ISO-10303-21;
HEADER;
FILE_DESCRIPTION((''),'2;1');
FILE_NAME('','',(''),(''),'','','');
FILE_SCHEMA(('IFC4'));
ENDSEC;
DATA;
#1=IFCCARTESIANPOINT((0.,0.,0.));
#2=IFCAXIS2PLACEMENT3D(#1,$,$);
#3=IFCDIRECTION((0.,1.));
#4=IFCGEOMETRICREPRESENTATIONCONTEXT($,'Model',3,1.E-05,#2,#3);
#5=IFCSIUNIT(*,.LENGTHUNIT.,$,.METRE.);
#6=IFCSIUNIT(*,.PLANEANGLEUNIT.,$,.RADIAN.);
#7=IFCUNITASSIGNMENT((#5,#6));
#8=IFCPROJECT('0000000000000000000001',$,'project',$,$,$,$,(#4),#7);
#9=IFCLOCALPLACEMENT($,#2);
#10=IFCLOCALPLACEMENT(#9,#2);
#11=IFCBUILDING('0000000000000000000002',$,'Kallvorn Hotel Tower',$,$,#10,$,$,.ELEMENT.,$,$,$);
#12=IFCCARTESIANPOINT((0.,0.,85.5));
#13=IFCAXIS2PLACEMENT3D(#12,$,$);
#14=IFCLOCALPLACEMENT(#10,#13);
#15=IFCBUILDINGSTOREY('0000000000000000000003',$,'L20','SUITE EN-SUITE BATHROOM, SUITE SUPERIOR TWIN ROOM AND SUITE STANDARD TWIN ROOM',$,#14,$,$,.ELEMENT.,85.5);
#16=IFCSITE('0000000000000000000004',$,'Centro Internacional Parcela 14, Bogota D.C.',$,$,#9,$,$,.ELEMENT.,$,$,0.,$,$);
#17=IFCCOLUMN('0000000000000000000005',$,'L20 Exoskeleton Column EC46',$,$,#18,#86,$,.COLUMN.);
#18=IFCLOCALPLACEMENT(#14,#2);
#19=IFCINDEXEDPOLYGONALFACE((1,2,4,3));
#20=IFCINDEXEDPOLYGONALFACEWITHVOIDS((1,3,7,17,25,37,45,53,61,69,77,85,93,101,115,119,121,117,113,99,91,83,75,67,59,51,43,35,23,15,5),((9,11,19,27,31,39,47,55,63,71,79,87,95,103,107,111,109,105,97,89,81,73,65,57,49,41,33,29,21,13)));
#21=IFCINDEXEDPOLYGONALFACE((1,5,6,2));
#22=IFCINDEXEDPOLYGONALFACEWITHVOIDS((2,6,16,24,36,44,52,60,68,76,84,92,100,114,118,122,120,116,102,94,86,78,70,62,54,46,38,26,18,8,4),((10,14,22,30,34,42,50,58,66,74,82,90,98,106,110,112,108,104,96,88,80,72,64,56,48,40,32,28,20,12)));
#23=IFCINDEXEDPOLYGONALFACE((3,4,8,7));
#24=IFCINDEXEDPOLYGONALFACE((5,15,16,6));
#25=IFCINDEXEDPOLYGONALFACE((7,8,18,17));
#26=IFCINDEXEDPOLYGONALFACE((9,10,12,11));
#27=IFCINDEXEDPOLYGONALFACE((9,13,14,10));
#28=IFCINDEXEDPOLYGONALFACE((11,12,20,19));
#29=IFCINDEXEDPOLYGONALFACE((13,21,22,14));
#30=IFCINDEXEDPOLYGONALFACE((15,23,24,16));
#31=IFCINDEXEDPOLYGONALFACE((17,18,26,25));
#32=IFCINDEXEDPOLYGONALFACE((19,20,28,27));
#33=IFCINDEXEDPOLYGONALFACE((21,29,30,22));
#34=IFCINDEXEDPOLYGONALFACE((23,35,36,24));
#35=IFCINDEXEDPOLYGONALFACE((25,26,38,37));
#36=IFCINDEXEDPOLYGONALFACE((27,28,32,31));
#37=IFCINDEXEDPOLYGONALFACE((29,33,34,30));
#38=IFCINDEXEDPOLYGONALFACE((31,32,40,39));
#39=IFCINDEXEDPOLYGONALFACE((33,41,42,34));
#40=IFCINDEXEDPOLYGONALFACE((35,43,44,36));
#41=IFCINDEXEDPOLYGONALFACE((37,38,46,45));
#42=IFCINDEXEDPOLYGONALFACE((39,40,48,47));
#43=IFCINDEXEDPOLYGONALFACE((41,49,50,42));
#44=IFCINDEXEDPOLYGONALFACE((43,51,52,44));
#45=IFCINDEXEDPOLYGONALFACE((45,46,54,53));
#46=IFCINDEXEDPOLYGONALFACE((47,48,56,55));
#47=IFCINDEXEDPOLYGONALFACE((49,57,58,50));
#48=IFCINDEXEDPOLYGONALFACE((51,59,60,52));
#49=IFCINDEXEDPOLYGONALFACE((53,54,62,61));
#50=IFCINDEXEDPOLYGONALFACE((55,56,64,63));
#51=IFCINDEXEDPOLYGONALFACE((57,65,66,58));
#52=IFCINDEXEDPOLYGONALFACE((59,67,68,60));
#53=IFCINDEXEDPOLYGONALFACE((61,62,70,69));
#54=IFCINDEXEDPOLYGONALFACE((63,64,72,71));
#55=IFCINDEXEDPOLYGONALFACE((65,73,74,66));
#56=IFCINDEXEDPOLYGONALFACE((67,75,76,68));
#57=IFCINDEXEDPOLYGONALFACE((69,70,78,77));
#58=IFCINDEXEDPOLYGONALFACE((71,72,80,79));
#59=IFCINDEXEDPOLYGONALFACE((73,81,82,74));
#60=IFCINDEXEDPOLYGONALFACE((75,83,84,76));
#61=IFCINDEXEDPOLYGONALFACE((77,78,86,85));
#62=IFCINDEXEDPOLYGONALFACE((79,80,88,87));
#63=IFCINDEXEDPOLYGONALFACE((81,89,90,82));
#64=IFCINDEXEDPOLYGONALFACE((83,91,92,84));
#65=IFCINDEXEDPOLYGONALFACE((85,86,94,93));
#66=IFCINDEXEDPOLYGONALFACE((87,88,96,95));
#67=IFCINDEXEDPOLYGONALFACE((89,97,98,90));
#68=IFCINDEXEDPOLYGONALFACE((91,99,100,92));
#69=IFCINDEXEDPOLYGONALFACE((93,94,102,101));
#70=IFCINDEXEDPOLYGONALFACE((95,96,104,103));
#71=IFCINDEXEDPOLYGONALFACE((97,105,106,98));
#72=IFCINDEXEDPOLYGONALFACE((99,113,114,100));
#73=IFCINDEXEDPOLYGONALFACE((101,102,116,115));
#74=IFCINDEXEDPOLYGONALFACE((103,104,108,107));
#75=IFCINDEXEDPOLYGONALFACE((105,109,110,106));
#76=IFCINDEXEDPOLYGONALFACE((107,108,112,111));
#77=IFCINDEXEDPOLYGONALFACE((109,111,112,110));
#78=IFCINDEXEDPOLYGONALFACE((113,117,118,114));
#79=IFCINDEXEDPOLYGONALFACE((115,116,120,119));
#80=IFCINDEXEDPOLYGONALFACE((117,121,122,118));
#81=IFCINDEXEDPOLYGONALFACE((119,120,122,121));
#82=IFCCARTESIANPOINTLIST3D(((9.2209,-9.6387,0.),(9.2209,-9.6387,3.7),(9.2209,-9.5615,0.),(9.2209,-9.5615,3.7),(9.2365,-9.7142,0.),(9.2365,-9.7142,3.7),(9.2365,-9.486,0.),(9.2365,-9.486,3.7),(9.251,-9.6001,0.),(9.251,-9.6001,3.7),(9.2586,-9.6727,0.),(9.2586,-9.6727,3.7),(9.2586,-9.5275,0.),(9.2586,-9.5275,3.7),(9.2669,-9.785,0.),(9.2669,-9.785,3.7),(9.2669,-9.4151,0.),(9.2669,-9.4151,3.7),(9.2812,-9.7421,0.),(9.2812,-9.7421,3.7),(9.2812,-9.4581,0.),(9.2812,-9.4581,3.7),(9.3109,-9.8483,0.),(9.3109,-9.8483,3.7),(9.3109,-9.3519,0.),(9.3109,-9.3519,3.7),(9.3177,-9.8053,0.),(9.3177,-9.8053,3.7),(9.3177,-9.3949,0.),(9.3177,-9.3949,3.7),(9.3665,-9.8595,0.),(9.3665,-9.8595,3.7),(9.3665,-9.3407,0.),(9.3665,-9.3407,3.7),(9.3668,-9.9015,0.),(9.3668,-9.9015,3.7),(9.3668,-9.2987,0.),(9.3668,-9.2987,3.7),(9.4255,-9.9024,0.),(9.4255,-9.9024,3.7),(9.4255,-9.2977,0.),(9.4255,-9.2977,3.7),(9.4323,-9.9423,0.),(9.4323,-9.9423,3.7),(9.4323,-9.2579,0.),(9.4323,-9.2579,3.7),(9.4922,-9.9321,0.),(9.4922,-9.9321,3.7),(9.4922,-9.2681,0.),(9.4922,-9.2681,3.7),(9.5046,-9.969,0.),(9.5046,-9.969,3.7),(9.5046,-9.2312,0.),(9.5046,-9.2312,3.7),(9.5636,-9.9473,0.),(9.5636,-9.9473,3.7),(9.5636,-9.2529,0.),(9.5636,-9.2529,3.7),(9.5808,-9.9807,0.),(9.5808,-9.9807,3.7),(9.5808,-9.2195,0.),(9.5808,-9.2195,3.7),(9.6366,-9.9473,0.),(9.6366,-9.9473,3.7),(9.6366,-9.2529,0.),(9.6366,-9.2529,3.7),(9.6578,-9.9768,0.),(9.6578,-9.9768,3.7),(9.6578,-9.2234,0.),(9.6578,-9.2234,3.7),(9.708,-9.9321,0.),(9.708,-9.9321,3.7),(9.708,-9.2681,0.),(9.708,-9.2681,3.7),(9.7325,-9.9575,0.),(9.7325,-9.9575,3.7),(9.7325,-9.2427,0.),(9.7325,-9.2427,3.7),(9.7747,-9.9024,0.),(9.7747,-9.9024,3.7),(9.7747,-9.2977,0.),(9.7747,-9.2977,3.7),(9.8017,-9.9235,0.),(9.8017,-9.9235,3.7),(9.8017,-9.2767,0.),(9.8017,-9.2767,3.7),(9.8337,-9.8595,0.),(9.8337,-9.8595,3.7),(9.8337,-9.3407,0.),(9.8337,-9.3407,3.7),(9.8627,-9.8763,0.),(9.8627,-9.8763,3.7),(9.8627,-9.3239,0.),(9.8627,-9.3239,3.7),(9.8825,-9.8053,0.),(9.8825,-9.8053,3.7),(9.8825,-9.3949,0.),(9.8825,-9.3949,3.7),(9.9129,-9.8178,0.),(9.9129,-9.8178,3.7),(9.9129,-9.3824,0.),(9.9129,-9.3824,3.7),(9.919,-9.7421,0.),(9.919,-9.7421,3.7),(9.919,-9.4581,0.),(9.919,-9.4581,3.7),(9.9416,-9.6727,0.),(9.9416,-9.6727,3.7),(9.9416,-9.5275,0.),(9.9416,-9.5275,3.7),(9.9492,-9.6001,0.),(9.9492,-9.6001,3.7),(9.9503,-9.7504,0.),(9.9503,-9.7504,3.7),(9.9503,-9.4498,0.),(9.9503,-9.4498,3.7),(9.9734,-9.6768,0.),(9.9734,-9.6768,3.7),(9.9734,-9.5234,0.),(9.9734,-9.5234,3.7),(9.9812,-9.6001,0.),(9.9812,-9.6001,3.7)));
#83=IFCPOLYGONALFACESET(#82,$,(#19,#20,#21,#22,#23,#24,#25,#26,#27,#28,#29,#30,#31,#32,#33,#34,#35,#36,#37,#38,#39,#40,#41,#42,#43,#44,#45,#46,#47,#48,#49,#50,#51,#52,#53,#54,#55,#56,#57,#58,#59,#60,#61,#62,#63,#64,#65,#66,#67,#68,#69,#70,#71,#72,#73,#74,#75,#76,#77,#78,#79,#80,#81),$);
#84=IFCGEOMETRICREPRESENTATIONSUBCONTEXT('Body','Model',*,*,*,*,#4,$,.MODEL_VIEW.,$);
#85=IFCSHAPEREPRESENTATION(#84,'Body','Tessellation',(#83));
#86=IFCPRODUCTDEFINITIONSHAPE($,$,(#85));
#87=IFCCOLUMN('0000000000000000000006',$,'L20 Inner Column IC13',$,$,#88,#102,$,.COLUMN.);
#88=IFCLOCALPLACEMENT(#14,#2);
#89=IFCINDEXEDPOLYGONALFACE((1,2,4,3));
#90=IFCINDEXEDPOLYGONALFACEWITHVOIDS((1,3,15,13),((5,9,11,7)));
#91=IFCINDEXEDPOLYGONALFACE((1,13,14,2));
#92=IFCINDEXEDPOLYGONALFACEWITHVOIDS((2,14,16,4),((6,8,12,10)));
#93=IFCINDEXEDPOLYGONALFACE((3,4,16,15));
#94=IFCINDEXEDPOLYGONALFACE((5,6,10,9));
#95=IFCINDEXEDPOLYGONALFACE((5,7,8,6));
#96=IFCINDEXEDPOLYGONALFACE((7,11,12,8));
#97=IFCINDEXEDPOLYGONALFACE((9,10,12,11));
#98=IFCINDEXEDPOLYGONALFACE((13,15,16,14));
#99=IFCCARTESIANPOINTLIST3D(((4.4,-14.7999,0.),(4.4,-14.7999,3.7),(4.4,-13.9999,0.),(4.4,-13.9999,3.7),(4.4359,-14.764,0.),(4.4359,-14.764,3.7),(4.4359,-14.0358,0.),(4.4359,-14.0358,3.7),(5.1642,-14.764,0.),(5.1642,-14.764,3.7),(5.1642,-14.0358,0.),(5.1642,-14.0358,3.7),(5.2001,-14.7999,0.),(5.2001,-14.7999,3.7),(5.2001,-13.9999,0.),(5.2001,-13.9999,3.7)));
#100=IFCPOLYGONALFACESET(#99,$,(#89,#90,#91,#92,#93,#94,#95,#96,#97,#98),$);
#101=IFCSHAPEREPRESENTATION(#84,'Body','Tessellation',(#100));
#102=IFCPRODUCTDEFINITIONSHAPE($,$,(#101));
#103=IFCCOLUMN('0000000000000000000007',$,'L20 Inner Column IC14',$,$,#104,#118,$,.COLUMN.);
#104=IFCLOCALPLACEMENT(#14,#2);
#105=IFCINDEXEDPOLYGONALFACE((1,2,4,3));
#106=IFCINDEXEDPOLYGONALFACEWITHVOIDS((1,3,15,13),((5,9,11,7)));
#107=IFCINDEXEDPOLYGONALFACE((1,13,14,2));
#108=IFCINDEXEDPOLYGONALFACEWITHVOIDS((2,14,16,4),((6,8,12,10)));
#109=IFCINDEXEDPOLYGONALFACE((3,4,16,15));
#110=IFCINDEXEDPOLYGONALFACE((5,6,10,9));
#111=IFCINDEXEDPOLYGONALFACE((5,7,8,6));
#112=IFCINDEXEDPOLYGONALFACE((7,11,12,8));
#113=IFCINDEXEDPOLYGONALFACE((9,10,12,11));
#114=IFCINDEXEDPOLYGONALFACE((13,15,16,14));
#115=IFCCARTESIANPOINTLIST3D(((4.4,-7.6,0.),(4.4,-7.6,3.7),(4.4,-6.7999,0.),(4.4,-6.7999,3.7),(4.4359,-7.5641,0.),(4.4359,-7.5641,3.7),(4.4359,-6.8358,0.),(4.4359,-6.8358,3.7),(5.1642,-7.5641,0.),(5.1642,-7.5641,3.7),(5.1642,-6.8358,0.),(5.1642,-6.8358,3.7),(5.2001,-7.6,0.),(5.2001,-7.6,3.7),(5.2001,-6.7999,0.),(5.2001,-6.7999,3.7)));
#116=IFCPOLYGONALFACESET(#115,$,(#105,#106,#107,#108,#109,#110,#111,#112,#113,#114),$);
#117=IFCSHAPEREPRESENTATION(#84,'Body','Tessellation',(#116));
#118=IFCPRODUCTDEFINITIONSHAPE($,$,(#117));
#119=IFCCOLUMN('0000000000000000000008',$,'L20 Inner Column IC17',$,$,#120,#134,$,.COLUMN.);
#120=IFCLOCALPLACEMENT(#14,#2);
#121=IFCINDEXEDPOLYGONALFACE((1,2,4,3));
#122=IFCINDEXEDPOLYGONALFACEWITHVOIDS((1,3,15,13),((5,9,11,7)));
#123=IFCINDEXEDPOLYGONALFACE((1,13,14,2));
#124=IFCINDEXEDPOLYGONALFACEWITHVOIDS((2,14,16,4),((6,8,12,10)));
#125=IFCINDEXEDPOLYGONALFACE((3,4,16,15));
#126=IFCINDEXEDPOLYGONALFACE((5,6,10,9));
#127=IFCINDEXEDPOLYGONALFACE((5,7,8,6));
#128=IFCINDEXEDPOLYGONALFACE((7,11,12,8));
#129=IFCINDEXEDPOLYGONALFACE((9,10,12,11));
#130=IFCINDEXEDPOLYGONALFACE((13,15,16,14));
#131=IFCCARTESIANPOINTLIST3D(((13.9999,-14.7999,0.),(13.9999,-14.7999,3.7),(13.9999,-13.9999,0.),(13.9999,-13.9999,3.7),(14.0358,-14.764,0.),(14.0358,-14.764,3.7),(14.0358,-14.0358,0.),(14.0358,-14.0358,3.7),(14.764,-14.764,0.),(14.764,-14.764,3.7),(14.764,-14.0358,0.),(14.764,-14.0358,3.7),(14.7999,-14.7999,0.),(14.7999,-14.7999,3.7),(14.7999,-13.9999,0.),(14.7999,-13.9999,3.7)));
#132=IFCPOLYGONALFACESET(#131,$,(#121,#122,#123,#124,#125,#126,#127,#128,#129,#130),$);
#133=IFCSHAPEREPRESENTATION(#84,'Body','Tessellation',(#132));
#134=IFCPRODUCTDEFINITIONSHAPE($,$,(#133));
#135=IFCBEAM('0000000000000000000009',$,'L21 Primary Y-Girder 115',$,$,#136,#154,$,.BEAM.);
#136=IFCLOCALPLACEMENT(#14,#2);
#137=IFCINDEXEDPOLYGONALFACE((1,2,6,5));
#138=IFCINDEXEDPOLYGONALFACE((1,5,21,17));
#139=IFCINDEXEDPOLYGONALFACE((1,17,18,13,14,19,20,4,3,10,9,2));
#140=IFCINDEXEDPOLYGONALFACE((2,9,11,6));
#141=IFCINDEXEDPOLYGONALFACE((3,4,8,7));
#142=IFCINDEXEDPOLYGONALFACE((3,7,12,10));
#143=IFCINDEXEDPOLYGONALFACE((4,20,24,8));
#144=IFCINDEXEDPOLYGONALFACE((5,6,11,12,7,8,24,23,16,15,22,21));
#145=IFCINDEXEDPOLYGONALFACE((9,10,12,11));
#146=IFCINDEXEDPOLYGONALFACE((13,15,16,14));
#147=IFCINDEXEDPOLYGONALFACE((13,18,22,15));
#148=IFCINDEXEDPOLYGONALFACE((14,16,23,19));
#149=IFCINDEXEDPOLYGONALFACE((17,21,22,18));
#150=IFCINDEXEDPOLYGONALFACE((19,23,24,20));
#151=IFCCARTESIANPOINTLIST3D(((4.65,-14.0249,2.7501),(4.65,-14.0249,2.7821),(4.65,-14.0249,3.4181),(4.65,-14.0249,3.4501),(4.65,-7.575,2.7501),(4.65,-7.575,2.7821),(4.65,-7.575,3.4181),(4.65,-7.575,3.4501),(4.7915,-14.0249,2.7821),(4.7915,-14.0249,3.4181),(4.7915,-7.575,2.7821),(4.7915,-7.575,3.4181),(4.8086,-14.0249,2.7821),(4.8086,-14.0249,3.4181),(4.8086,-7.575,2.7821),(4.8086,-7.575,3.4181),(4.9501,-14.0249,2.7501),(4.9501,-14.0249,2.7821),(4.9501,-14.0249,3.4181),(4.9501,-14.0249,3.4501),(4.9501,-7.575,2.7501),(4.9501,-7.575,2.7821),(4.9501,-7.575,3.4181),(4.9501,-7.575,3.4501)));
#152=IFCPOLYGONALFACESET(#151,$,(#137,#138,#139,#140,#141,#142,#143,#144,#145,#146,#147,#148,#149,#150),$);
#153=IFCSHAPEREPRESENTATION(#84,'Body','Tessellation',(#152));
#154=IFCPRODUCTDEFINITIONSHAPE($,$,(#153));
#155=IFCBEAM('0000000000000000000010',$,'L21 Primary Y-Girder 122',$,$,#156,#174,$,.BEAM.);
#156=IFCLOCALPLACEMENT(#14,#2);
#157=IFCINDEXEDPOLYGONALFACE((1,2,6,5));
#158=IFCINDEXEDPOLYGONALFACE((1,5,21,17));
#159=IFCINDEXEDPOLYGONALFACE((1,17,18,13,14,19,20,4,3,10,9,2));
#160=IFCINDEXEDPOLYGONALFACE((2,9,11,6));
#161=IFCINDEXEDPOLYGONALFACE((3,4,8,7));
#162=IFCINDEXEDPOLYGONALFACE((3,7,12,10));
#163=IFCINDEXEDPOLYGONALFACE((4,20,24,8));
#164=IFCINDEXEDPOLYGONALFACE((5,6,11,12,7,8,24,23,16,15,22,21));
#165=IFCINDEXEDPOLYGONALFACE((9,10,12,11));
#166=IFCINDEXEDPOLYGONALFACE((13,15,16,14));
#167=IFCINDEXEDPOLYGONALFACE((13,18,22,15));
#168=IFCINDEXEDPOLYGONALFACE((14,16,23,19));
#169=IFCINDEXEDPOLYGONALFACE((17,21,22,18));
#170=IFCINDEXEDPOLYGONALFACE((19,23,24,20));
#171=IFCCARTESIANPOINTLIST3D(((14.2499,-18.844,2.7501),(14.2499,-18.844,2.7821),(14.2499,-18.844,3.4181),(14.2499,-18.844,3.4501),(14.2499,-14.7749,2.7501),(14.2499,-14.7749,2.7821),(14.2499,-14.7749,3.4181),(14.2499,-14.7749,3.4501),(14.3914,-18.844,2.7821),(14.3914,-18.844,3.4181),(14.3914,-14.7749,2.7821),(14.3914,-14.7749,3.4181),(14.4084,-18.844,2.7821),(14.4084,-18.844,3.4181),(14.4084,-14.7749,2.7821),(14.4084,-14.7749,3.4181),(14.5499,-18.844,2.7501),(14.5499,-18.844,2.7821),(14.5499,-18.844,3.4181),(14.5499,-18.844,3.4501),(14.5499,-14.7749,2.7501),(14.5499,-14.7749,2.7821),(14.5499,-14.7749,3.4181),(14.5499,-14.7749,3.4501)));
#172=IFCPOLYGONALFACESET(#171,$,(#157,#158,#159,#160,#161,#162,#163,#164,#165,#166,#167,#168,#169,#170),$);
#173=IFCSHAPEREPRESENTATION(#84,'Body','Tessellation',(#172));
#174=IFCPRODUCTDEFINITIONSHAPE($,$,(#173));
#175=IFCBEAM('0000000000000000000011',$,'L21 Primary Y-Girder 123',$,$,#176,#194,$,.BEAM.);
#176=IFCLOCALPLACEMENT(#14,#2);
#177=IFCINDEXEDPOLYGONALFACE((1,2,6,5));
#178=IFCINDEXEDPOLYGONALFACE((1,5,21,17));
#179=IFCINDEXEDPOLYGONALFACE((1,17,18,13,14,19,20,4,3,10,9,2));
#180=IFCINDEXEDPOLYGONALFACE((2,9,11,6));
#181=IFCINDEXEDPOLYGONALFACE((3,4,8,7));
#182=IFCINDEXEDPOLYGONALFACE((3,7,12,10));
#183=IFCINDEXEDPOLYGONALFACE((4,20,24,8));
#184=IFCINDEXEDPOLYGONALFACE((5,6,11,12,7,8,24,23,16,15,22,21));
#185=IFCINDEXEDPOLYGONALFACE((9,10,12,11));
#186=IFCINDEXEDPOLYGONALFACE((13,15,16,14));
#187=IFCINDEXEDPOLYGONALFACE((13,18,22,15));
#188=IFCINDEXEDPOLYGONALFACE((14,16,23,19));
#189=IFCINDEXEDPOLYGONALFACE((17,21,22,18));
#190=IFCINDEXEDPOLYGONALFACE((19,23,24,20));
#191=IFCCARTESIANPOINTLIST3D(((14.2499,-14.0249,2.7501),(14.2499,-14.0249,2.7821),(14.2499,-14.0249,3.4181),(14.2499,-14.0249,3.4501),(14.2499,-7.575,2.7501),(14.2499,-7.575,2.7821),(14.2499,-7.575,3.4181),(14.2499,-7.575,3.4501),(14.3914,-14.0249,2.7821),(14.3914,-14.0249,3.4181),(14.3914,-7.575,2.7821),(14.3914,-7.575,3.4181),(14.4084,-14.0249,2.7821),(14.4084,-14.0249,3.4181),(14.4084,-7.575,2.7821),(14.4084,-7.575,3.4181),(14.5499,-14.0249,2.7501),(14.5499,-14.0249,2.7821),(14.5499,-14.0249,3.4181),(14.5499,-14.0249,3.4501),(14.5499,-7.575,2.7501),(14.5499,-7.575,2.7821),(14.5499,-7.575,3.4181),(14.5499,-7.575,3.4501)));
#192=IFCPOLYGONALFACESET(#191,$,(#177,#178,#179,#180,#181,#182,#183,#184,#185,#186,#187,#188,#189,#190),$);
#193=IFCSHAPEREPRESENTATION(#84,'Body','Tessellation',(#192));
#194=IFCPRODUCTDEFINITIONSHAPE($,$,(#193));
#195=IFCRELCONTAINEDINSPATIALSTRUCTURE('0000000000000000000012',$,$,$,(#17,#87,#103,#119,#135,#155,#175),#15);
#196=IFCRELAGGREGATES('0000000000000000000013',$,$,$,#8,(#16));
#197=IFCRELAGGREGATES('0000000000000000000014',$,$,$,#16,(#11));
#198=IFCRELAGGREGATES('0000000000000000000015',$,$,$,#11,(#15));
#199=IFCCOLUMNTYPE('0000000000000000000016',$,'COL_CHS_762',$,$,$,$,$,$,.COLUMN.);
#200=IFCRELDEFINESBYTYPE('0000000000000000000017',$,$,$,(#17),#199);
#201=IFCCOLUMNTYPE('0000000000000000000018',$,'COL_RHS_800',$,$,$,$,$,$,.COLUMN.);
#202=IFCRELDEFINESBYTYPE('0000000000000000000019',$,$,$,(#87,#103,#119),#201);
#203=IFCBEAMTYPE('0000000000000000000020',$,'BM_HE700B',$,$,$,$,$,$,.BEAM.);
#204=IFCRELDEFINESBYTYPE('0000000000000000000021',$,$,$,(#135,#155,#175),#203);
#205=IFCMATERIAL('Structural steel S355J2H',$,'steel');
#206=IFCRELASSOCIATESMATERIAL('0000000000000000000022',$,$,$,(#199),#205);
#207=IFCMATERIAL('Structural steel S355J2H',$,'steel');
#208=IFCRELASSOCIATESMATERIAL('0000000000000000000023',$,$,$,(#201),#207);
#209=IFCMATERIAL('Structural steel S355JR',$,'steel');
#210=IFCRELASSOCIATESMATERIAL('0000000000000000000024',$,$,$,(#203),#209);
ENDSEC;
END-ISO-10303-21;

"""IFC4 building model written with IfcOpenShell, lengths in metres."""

from ifc_helpers import new_model, si_unit, direction, frame, origin, origin_2d, place, context, subcontext, project, spatial, hollow_rectangle, hollow_circle, i_section, extrude, material, material_profile, profile_set, type_object, element, save


model = new_model("IFC4")

# Units and contexts
model_context = context("Model", 3, precision=1e-05, world=origin(), true_north=direction((0.0, 1.0)))
body_context = subcontext(model_context, "Body", "Model", "MODEL_VIEW")
ifc_project = project(units=[si_unit("LENGTHUNIT", "METRE"), si_unit("PLANEANGLEUNIT", "RADIAN")], contexts=[model_context])

# Site, building, storey
site_placement = place(None, origin())
site = spatial("IfcSite", under=ifc_project, at=site_placement, Name="Centro Internacional Parcela 14, Bogota D.C.", CompositionType="ELEMENT", RefElevation=0.0)
building_placement = place(site_placement, origin())
building = spatial("IfcBuilding", under=site, at=building_placement, Name="Kallvorn Hotel Tower", CompositionType="ELEMENT")
storey_placement = place(building_placement, frame((0.0, 0.0, 85.5)))
storey = spatial("IfcBuildingStorey", under=building, at=storey_placement, Name="L20", Description="SUITE EN-SUITE BATHROOM, SUITE SUPERIOR TWIN ROOM AND SUITE STANDARD TWIN ROOM", CompositionType="ELEMENT", Elevation=85.5)

# Columns
ifc_material_1 = material(Name="Structural steel S355J2H", Category="steel")
ifc_material_profile_1 = material_profile(ifc_material_1, hollow_circle(Radius=0.3811, WallThickness=0.032, at=origin_2d()), Name="CHS 762x32")
ifc_profile_set_1 = profile_set([ifc_material_profile_1], Name="Structural steel S355J2H")
column_type_1 = type_object("IfcColumnType", Name="COL_CHS_762", PredefinedType="COLUMN", material=ifc_profile_set_1)
column_placement = place(storey_placement, frame((9.6001, -9.6001, 0.0), z_axis=(0.0, 0.0, 1.0), x_axis=(1.0, 0.0, 0.0)))
element("IfcColumn", 1, at=column_placement, inside=storey, type_object=column_type_1, Name="L20 Exoskeleton Column EC46", PredefinedType="COLUMN", context=body_context, shape_type="SweptSolid", body=[
    extrude(hollow_circle(Radius=0.3811, WallThickness=0.032, at=origin_2d()), origin(), (0.0, 0.0, 1.0), 3.7),
])
ifc_material_2 = material(Name="Structural steel S355J2H", Category="steel")
ifc_material_profile_2 = material_profile(ifc_material_2, hollow_rectangle(XDim=0.8, YDim=0.8, WallThickness=0.0359, at=origin_2d()), Name="RHS 800x800x36")
ifc_profile_set_2 = profile_set([ifc_material_profile_2], Name="Structural steel S355J2H")
column_type_2 = type_object("IfcColumnType", Name="COL_RHS_800", PredefinedType="COLUMN", material=ifc_profile_set_2)
for number, where, z_axis, x_axis, name in (
    (2, (4.8, -14.3999, 0.0), (0.0, 0.0, 1.0), (1.0, 0.0, 0.0), "L20 Inner Column IC13"),
    (3, (4.8, -7.2, 0.0), (0.0, 0.0, 1.0), (1.0, 0.0, 0.0), "L20 Inner Column IC14"),
    (4, (14.3999, -14.3999, 0.0), (0.0, 0.0, 1.0), (1.0, 0.0, 0.0), "L20 Inner Column IC17"),
):
    element("IfcColumn", number, at=place(storey_placement, frame(where, z_axis=z_axis, x_axis=x_axis)), inside=storey, type_object=column_type_2, Name=name, PredefinedType="COLUMN", context=body_context, shape_type="SweptSolid", body=[
        extrude(hollow_rectangle(XDim=0.8, YDim=0.8, WallThickness=0.0359, at=origin_2d()), origin(), (0.0, 0.0, 1.0), 3.7),
    ])

# Beams
ifc_material_3 = material(Name="Structural steel S355JR", Category="steel")
ifc_material_profile_3 = material_profile(ifc_material_3, i_section(OverallWidth=0.3, OverallDepth=0.7, WebThickness=0.0171, FlangeThickness=0.032, at=origin_2d()), Name="HE 700 B")
ifc_profile_set_3 = profile_set([ifc_material_profile_3], Name="Structural steel S355JR")
beam_type_1 = type_object("IfcBeamType", Name="BM_HE700B", PredefinedType="BEAM", material=ifc_profile_set_3)
beam_1_placement = place(storey_placement, frame((4.8, -14.0249, 3.1001), z_axis=(0.0, 1.0, 0.0), x_axis=(-1.0, 0.0, 0.0)))
element("IfcBeam", 5, at=beam_1_placement, inside=storey, type_object=beam_type_1, Name="L21 Primary Y-Girder 115", PredefinedType="BEAM", context=body_context, shape_type="SweptSolid", body=[
    extrude(i_section(OverallWidth=0.3, OverallDepth=0.7, WebThickness=0.0171, FlangeThickness=0.032, at=origin_2d()), origin(), (0.0, 0.0, 1.0), 6.45),
])
beam_2_placement = place(storey_placement, frame((14.3999, -18.844, 3.1001), z_axis=(0.0, 1.0, 0.0), x_axis=(-1.0, 0.0, 0.0)))
element("IfcBeam", 6, at=beam_2_placement, inside=storey, type_object=beam_type_1, Name="L21 Primary Y-Girder 122", PredefinedType="BEAM", context=body_context, shape_type="SweptSolid", body=[
    extrude(i_section(OverallWidth=0.3, OverallDepth=0.7, WebThickness=0.0171, FlangeThickness=0.032, at=origin_2d()), origin(), (0.0, 0.0, 1.0), 4.0691),
])
beam_3_placement = place(storey_placement, frame((14.3999, -14.0249, 3.1001), z_axis=(0.0, 1.0, 0.0), x_axis=(-1.0, 0.0, 0.0)))
element("IfcBeam", 7, at=beam_3_placement, inside=storey, type_object=beam_type_1, Name="L21 Primary Y-Girder 123", PredefinedType="BEAM", context=body_context, shape_type="SweptSolid", body=[
    extrude(i_section(OverallWidth=0.3, OverallDepth=0.7, WebThickness=0.0171, FlangeThickness=0.032, at=origin_2d()), origin(), (0.0, 0.0, 1.0), 6.45),
])

save(model, "model.ifc")
